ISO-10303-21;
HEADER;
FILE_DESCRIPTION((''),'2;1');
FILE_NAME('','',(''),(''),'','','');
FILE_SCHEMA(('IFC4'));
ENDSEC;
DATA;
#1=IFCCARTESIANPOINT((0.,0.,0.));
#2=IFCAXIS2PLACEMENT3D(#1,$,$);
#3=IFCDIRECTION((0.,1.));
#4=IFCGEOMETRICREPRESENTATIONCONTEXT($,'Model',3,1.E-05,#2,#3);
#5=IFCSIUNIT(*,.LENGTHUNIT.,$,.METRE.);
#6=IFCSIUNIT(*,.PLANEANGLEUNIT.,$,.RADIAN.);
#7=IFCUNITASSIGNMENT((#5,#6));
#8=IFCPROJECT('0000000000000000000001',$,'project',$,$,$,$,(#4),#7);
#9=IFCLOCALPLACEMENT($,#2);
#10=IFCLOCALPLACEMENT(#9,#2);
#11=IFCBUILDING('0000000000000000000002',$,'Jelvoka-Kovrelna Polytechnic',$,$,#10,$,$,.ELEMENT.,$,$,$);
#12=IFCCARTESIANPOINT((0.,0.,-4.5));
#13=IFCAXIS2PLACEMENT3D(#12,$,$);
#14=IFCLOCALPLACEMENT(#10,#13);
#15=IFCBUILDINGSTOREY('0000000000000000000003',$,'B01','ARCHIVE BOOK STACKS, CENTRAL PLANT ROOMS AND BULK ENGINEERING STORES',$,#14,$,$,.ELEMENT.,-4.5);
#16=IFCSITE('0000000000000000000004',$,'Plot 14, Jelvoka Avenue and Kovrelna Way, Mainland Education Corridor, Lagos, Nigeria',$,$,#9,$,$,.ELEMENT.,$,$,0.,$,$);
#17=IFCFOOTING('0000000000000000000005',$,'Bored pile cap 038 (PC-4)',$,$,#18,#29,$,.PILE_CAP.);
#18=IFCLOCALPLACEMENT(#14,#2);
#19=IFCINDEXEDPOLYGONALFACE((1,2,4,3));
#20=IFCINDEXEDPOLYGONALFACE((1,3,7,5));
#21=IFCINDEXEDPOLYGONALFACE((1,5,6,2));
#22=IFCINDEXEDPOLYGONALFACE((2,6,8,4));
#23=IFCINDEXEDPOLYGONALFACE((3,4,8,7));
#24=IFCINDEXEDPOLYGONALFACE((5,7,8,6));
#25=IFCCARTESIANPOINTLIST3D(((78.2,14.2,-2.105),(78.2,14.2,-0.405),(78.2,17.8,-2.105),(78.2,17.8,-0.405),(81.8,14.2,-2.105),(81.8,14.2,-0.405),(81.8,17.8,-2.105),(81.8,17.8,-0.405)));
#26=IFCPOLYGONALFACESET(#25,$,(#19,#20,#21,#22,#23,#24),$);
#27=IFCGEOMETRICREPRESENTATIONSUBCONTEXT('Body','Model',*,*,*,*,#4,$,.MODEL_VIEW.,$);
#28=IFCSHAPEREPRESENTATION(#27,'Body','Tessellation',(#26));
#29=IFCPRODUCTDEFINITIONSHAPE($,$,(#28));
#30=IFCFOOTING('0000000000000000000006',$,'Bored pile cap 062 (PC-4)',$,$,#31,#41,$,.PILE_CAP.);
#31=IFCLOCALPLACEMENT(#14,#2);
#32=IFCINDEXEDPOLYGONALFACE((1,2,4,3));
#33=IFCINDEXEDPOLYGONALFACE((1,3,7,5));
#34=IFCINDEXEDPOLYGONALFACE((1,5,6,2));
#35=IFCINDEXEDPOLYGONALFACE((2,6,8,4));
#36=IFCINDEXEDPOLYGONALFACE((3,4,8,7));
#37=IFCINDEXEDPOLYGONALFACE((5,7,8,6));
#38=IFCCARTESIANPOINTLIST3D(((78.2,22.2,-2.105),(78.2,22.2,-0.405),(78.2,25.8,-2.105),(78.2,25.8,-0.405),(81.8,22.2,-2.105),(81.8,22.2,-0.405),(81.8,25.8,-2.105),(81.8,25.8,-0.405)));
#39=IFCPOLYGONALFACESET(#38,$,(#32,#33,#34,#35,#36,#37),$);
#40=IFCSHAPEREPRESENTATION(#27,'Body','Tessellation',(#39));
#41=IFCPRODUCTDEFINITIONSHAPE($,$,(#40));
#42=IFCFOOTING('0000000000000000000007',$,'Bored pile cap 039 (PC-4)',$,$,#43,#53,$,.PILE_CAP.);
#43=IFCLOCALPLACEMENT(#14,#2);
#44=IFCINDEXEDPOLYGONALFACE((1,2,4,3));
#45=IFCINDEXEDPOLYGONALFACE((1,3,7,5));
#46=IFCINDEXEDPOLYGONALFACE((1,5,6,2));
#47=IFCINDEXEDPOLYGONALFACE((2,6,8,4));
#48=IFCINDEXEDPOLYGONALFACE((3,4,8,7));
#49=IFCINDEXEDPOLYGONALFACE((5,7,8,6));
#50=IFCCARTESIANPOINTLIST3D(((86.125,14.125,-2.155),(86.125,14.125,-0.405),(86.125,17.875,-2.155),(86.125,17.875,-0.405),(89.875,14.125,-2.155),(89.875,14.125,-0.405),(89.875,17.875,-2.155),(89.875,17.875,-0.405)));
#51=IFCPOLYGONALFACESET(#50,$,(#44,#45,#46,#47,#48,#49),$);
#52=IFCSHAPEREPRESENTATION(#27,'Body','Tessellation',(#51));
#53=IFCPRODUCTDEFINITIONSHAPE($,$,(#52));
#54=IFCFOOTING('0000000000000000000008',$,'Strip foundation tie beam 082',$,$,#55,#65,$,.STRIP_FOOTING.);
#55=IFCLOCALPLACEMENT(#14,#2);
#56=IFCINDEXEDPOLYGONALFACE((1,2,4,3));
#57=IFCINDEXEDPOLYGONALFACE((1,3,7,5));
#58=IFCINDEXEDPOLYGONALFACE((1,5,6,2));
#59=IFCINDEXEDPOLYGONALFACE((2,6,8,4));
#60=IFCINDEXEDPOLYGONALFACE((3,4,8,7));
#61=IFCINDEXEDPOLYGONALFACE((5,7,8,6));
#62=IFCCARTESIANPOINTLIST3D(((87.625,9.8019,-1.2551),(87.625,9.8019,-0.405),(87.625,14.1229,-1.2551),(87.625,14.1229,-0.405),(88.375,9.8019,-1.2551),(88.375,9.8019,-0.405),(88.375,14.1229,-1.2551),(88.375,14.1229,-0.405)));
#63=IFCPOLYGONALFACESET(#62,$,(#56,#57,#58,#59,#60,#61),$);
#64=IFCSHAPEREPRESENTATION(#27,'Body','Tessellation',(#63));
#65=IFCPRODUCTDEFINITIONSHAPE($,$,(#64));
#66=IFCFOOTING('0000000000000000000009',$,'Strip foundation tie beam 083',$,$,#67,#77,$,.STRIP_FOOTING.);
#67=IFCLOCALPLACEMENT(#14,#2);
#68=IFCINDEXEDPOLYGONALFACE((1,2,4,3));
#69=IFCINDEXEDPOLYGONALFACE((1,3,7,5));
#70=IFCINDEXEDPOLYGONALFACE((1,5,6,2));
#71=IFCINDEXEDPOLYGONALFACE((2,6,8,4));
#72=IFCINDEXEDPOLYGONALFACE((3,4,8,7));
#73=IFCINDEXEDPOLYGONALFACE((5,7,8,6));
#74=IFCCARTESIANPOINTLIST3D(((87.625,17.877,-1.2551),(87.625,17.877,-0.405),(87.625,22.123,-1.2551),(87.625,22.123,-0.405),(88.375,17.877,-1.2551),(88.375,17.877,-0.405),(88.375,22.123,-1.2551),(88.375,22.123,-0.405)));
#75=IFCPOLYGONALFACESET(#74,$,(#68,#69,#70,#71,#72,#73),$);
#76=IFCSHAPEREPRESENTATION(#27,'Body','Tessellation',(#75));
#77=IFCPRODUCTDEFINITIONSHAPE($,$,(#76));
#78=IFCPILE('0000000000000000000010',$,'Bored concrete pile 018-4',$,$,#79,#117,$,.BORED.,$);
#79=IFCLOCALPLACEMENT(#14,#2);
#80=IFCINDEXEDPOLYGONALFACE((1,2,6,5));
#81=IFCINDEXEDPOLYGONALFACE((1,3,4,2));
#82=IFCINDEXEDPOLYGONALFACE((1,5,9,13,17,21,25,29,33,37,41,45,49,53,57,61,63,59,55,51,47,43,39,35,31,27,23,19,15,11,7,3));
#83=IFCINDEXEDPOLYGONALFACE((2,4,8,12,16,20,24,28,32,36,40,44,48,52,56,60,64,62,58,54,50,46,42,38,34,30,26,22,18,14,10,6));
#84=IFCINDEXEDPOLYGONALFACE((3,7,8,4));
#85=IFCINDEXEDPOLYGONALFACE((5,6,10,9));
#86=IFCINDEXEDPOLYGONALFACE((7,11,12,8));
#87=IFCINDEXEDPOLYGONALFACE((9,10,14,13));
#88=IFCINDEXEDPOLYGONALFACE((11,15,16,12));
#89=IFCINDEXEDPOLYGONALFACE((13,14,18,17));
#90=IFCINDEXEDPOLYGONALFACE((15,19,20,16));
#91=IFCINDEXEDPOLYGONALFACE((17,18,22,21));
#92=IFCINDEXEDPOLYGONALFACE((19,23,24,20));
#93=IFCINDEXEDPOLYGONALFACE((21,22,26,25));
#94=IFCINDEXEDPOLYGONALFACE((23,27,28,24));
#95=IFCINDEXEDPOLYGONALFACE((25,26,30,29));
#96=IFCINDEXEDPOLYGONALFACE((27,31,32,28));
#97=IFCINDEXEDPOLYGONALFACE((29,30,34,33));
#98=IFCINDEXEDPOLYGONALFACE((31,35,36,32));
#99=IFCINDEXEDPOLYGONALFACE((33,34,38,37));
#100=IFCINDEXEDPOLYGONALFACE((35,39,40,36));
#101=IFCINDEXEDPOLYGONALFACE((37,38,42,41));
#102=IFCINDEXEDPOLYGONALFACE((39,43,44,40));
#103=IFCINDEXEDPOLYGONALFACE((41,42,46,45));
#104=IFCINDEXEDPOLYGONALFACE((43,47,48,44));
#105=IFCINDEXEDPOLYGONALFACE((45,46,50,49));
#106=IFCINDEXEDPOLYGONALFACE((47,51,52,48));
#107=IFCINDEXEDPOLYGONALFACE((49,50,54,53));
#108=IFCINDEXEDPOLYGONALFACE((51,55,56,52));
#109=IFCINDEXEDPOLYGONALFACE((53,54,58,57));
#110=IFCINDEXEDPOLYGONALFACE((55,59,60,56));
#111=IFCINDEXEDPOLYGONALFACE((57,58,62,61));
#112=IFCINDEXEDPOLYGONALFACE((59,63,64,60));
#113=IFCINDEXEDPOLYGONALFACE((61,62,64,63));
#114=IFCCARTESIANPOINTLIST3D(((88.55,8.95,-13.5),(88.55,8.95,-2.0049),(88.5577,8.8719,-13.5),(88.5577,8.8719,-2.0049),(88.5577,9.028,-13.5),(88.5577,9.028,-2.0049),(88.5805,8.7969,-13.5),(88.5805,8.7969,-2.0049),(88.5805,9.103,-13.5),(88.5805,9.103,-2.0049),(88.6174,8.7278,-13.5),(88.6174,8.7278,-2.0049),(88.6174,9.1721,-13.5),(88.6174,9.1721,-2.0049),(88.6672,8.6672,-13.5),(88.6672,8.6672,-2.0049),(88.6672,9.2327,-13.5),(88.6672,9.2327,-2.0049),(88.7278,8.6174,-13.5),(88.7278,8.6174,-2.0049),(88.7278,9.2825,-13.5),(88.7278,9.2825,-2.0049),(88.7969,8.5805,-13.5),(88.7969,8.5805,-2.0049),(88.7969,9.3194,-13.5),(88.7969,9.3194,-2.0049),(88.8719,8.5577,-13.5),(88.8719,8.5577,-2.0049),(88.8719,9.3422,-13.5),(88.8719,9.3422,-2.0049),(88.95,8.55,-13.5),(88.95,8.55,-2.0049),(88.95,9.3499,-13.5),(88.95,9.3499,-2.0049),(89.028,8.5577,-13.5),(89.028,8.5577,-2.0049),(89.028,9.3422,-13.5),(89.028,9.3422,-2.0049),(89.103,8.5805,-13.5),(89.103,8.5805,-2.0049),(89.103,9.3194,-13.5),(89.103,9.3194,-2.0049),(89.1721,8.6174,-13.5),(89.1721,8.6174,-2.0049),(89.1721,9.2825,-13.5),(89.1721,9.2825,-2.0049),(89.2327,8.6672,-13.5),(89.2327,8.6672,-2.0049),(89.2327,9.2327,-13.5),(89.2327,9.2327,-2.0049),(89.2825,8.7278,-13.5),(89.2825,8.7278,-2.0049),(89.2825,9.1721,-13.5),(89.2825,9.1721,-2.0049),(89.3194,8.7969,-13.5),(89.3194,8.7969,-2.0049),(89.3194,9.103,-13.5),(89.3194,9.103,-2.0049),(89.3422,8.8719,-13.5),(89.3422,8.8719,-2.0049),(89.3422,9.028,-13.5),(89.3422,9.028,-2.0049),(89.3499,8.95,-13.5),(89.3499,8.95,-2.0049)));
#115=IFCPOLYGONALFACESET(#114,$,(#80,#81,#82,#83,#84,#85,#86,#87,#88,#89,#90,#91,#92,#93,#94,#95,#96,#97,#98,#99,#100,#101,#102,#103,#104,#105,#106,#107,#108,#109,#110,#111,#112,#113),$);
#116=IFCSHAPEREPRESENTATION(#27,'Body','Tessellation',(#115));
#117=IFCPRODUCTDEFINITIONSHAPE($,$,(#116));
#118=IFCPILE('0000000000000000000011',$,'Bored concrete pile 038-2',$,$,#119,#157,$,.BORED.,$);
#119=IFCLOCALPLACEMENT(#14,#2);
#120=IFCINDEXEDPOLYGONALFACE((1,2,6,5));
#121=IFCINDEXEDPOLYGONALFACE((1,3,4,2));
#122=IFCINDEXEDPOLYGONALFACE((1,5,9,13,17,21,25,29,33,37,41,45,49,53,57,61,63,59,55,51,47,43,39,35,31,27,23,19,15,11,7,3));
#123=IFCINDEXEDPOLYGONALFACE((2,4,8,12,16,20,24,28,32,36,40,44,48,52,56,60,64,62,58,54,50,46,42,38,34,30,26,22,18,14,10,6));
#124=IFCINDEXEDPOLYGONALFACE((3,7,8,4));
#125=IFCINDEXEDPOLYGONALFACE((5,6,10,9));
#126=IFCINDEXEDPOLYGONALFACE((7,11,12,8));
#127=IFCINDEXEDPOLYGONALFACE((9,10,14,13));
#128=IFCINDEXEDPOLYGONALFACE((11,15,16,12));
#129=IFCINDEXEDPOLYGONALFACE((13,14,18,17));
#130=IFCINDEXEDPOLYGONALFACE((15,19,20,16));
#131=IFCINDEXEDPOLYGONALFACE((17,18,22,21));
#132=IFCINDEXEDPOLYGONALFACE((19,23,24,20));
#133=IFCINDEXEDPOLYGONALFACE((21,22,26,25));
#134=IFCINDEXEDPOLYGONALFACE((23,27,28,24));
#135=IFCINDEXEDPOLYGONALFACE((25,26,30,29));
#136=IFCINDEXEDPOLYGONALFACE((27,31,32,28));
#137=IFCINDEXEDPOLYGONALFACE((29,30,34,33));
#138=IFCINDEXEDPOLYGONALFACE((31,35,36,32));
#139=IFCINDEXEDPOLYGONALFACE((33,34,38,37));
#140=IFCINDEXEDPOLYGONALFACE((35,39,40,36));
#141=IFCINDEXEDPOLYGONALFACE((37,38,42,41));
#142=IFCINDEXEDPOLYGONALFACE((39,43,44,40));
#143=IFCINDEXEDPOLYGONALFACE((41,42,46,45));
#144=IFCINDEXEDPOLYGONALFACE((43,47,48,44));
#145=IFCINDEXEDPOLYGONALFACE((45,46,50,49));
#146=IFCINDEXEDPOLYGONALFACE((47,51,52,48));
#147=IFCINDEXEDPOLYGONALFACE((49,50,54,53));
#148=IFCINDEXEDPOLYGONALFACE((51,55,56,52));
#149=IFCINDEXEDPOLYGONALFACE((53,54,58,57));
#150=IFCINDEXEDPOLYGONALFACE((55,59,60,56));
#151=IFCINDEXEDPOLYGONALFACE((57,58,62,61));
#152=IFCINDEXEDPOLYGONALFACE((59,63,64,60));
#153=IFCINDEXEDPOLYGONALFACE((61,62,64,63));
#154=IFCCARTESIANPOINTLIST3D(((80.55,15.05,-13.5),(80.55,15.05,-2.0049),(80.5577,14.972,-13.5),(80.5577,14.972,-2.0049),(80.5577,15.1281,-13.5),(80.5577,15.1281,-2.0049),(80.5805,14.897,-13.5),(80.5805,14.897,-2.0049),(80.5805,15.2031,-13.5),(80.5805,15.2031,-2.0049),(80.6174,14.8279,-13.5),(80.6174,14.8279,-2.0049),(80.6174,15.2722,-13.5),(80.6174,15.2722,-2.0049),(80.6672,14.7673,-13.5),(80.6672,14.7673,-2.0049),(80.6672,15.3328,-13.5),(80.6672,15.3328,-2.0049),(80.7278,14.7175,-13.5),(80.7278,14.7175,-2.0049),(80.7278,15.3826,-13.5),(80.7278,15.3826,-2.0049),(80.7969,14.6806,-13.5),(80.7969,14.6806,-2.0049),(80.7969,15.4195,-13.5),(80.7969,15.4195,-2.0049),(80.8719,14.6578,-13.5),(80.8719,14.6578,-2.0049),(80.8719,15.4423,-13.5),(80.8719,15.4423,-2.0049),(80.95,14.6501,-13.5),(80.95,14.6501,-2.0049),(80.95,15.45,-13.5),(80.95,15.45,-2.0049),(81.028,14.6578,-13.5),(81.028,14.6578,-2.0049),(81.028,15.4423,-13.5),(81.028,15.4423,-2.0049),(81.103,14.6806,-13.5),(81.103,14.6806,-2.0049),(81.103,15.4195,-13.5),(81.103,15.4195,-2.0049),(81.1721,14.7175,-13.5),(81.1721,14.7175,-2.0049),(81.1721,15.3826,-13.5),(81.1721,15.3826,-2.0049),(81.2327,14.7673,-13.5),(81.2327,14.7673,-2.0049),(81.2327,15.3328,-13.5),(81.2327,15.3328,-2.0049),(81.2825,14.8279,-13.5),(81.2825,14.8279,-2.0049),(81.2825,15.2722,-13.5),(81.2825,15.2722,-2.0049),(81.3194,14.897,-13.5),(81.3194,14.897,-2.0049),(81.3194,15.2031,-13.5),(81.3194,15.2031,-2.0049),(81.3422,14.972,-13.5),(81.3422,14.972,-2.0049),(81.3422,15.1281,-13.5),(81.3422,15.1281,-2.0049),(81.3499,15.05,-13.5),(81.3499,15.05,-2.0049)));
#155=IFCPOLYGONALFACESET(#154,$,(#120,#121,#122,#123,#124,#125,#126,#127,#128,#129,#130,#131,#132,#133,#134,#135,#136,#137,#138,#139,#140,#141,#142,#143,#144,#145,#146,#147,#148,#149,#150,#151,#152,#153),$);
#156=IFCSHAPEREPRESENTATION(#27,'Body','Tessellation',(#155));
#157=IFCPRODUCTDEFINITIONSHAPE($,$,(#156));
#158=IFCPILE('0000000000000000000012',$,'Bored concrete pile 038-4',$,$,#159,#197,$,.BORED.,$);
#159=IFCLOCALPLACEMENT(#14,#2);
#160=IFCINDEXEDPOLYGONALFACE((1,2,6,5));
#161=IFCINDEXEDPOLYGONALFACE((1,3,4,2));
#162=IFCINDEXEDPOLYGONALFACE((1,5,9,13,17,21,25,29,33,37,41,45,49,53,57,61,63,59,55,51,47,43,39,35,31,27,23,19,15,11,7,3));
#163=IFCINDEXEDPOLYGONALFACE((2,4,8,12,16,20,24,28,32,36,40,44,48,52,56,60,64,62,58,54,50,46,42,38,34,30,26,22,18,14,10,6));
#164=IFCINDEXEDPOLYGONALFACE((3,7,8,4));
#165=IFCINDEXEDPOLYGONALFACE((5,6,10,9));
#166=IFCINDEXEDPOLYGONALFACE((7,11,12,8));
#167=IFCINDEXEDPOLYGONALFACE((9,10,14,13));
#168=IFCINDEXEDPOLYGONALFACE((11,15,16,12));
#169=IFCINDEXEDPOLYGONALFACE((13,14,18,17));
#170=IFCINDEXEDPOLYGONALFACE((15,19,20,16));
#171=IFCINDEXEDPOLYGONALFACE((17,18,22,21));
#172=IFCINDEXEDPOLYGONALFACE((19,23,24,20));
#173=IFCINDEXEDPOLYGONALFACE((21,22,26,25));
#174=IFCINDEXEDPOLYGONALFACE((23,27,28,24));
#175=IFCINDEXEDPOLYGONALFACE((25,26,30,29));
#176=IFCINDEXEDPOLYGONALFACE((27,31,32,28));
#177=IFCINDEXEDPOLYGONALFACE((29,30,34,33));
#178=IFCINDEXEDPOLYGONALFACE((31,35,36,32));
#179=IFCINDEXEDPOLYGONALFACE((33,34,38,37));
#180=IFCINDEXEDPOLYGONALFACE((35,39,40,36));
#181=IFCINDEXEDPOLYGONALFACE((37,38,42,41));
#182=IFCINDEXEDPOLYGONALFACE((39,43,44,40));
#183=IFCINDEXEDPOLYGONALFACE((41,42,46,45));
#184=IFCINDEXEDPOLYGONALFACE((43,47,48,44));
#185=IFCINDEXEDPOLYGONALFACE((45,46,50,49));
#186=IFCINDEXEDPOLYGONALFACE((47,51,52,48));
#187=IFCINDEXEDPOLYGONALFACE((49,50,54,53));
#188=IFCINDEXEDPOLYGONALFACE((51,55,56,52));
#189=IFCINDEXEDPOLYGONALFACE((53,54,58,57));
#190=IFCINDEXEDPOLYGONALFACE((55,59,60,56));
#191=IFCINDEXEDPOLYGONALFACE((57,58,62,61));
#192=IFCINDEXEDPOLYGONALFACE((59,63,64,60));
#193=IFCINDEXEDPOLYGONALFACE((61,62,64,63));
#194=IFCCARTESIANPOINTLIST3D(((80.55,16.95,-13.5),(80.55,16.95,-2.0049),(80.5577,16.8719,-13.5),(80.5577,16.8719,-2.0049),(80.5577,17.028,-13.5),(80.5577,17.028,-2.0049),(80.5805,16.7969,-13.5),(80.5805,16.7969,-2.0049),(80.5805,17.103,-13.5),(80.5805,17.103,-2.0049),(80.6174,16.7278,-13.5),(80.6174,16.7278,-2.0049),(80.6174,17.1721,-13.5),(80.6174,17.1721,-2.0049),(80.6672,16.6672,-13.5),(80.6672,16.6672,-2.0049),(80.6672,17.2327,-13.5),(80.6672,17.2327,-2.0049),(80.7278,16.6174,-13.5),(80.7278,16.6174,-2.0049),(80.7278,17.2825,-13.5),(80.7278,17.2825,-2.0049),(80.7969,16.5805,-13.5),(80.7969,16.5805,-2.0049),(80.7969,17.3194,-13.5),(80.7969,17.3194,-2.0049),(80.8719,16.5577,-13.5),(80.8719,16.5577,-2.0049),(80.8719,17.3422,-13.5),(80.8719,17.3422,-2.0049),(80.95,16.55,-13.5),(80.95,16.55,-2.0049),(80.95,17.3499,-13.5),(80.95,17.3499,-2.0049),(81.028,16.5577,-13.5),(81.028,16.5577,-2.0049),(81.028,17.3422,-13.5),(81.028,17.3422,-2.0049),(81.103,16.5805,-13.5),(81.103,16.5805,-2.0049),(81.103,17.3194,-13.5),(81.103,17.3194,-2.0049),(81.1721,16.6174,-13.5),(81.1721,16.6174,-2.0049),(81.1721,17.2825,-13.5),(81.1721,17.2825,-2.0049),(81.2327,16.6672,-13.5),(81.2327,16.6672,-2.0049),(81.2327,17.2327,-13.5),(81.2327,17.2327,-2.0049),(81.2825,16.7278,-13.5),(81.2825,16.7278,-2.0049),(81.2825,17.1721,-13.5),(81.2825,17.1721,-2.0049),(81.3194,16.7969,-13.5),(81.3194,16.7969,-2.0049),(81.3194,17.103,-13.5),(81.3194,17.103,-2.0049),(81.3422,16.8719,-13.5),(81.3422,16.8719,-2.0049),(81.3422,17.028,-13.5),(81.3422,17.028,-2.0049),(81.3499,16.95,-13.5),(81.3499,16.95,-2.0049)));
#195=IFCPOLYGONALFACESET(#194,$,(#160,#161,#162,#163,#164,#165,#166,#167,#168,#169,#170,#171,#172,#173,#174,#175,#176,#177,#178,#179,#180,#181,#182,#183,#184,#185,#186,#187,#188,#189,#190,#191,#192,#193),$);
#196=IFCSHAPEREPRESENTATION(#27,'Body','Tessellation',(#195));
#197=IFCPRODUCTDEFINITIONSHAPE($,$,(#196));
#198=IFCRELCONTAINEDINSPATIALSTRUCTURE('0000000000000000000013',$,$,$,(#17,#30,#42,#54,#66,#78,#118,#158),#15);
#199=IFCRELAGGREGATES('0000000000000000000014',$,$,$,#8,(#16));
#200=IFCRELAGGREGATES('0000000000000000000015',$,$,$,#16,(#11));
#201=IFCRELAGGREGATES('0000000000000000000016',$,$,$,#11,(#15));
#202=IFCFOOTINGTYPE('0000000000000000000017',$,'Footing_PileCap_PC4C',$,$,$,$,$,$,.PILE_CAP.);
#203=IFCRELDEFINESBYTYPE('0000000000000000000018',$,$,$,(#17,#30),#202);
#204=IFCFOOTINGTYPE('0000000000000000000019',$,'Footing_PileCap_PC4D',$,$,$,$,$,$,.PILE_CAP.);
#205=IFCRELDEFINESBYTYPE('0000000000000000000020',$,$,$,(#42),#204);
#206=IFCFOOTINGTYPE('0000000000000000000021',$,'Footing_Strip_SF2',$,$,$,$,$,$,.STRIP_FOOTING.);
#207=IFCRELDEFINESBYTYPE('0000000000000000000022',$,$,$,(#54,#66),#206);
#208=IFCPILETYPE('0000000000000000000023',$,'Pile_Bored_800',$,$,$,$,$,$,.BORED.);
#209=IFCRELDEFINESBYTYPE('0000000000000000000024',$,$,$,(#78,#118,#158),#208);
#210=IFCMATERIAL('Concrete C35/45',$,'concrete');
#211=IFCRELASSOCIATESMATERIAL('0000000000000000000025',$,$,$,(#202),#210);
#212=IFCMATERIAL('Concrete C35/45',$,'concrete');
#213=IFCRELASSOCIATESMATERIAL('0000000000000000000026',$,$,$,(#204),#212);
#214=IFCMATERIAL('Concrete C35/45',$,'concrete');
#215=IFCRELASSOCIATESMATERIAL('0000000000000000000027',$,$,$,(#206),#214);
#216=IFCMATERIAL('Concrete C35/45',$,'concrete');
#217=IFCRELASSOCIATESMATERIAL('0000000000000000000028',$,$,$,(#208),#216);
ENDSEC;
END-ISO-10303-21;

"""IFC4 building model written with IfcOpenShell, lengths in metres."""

from ifc_helpers import new_model, si_unit, direction, frame, origin, origin_2d, place, context, subcontext, project, spatial, rectangle, circle, extrude, material, material_profile, profile_set, type_object, element, save


model = new_model("IFC4")

# Units and contexts
model_context = context("Model", 3, precision=1e-05, world=origin(), true_north=direction((0.0, 1.0)))
body_context = subcontext(model_context, "Body", "Model", "MODEL_VIEW")
ifc_project = project(units=[si_unit("LENGTHUNIT", "METRE"), si_unit("PLANEANGLEUNIT", "RADIAN")], contexts=[model_context])

# Site, building, storey
site_placement = place(None, origin())
site = spatial("IfcSite", under=ifc_project, at=site_placement, Name="Plot 14, Jelvoka Avenue and Kovrelna Way, Mainland Education Corridor, Lagos, Nigeria", CompositionType="ELEMENT", RefElevation=0.0)
building_placement = place(site_placement, origin())
building = spatial("IfcBuilding", under=site, at=building_placement, Name="Jelvoka-Kovrelna Polytechnic", CompositionType="ELEMENT")
storey_placement = place(building_placement, frame((0.0, 0.0, -4.5)))
storey = spatial("IfcBuildingStorey", under=building, at=storey_placement, Name="B01", Description="ARCHIVE BOOK STACKS, CENTRAL PLANT ROOMS AND BULK ENGINEERING STORES", CompositionType="ELEMENT", Elevation=-4.5)

# Footings
ifc_material_1 = material(Name="Concrete C35/45", Category="concrete")
footing_type_1 = type_object("IfcFootingType", Name="Footing_PileCap_PC4C", PredefinedType="PILE_CAP", material=ifc_material_1)
for number, where, z_axis, x_axis, name in (
    (1, (80.0, 16.0, -2.105), (0.0, 0.0, 1.0), (1.0, 0.0, 0.0), "Bored pile cap 038 (PC-4)"),
    (2, (80.0, 24.0, -2.105), (0.0, 0.0, 1.0), (1.0, 0.0, 0.0), "Bored pile cap 062 (PC-4)"),
):
    element("IfcFooting", number, at=place(storey_placement, frame(where, z_axis=z_axis, x_axis=x_axis)), inside=storey, type_object=footing_type_1, Name=name, PredefinedType="PILE_CAP", context=body_context, shape_type="SweptSolid", body=[
        extrude(rectangle(XDim=3.6001, YDim=3.6001, at=origin_2d()), origin(), (0.0, 0.0, 1.0), 1.7),
    ])
ifc_material_2 = material(Name="Concrete C35/45", Category="concrete")
footing_type_2 = type_object("IfcFootingType", Name="Footing_PileCap_PC4D", PredefinedType="PILE_CAP", material=ifc_material_2)
footing_1_placement = place(storey_placement, frame((88.0, 16.0, -2.155), z_axis=(0.0, 0.0, 1.0), x_axis=(1.0, 0.0, 0.0)))
element("IfcFooting", 3, at=footing_1_placement, inside=storey, type_object=footing_type_2, Name="Bored pile cap 039 (PC-4)", PredefinedType="PILE_CAP", context=body_context, shape_type="SweptSolid", body=[
    extrude(rectangle(XDim=3.75, YDim=3.75, at=origin_2d()), origin(), (0.0, 0.0, 1.0), 1.75),
])
ifc_material_3 = material(Name="Concrete C35/45", Category="concrete")
footing_type_3 = type_object("IfcFootingType", Name="Footing_Strip_SF2", PredefinedType="STRIP_FOOTING", material=ifc_material_3)
footing_2_placement = place(storey_placement, frame((88.0, 11.9624, -1.2551), z_axis=(0.0, 0.0, 1.0), x_axis=(0.0, 1.0, 0.0)))
element("IfcFooting", 4, at=footing_2_placement, inside=storey, type_object=footing_type_3, Name="Strip foundation tie beam 082", PredefinedType="STRIP_FOOTING", context=body_context, shape_type="SweptSolid", body=[
    extrude(rectangle(XDim=4.321, YDim=0.75, at=origin_2d()), origin(), (0.0, 0.0, 1.0), 0.8501),
])
footing_3_placement = place(storey_placement, frame((88.0, 20.0, -1.2551), z_axis=(0.0, 0.0, 1.0), x_axis=(0.0, 1.0, 0.0)))
element("IfcFooting", 5, at=footing_3_placement, inside=storey, type_object=footing_type_3, Name="Strip foundation tie beam 083", PredefinedType="STRIP_FOOTING", context=body_context, shape_type="SweptSolid", body=[
    extrude(rectangle(XDim=4.2461, YDim=0.75, at=origin_2d()), origin(), (0.0, 0.0, 1.0), 0.8501),
])

# Piles
ifc_material_4 = material(Name="Concrete C35/45", Category="concrete")
ifc_material_profile_1 = material_profile(ifc_material_4, circle(Radius=0.3999, at=origin_2d()), Name="PILE D800")
ifc_profile_set_1 = profile_set([ifc_material_profile_1], Name="Concrete C35/45")
pile_type = type_object("IfcPileType", Name="Pile_Bored_800", PredefinedType="BORED", material=ifc_profile_set_1)
for number, where, z_axis, x_axis, name in (
    (6, (88.95, 8.95, -2.0049), (0.0, 0.0, -1.0), (1.0, 0.0, 0.0), "Bored concrete pile 018-4"),
    (7, (80.95, 15.05, -2.0049), (0.0, 0.0, -1.0), (1.0, 0.0, 0.0), "Bored concrete pile 038-2"),
    (8, (80.95, 16.95, -2.0049), (0.0, 0.0, -1.0), (1.0, 0.0, 0.0), "Bored concrete pile 038-4"),
):
    element("IfcPile", number, at=place(storey_placement, frame(where, z_axis=z_axis, x_axis=x_axis)), inside=storey, type_object=pile_type, Name=name, PredefinedType="BORED", context=body_context, shape_type="SweptSolid", body=[
        extrude(circle(Radius=0.3999, at=origin_2d()), origin(), (0.0, 0.0, 1.0), 11.4951),
    ])

save(model, "model.ifc")
